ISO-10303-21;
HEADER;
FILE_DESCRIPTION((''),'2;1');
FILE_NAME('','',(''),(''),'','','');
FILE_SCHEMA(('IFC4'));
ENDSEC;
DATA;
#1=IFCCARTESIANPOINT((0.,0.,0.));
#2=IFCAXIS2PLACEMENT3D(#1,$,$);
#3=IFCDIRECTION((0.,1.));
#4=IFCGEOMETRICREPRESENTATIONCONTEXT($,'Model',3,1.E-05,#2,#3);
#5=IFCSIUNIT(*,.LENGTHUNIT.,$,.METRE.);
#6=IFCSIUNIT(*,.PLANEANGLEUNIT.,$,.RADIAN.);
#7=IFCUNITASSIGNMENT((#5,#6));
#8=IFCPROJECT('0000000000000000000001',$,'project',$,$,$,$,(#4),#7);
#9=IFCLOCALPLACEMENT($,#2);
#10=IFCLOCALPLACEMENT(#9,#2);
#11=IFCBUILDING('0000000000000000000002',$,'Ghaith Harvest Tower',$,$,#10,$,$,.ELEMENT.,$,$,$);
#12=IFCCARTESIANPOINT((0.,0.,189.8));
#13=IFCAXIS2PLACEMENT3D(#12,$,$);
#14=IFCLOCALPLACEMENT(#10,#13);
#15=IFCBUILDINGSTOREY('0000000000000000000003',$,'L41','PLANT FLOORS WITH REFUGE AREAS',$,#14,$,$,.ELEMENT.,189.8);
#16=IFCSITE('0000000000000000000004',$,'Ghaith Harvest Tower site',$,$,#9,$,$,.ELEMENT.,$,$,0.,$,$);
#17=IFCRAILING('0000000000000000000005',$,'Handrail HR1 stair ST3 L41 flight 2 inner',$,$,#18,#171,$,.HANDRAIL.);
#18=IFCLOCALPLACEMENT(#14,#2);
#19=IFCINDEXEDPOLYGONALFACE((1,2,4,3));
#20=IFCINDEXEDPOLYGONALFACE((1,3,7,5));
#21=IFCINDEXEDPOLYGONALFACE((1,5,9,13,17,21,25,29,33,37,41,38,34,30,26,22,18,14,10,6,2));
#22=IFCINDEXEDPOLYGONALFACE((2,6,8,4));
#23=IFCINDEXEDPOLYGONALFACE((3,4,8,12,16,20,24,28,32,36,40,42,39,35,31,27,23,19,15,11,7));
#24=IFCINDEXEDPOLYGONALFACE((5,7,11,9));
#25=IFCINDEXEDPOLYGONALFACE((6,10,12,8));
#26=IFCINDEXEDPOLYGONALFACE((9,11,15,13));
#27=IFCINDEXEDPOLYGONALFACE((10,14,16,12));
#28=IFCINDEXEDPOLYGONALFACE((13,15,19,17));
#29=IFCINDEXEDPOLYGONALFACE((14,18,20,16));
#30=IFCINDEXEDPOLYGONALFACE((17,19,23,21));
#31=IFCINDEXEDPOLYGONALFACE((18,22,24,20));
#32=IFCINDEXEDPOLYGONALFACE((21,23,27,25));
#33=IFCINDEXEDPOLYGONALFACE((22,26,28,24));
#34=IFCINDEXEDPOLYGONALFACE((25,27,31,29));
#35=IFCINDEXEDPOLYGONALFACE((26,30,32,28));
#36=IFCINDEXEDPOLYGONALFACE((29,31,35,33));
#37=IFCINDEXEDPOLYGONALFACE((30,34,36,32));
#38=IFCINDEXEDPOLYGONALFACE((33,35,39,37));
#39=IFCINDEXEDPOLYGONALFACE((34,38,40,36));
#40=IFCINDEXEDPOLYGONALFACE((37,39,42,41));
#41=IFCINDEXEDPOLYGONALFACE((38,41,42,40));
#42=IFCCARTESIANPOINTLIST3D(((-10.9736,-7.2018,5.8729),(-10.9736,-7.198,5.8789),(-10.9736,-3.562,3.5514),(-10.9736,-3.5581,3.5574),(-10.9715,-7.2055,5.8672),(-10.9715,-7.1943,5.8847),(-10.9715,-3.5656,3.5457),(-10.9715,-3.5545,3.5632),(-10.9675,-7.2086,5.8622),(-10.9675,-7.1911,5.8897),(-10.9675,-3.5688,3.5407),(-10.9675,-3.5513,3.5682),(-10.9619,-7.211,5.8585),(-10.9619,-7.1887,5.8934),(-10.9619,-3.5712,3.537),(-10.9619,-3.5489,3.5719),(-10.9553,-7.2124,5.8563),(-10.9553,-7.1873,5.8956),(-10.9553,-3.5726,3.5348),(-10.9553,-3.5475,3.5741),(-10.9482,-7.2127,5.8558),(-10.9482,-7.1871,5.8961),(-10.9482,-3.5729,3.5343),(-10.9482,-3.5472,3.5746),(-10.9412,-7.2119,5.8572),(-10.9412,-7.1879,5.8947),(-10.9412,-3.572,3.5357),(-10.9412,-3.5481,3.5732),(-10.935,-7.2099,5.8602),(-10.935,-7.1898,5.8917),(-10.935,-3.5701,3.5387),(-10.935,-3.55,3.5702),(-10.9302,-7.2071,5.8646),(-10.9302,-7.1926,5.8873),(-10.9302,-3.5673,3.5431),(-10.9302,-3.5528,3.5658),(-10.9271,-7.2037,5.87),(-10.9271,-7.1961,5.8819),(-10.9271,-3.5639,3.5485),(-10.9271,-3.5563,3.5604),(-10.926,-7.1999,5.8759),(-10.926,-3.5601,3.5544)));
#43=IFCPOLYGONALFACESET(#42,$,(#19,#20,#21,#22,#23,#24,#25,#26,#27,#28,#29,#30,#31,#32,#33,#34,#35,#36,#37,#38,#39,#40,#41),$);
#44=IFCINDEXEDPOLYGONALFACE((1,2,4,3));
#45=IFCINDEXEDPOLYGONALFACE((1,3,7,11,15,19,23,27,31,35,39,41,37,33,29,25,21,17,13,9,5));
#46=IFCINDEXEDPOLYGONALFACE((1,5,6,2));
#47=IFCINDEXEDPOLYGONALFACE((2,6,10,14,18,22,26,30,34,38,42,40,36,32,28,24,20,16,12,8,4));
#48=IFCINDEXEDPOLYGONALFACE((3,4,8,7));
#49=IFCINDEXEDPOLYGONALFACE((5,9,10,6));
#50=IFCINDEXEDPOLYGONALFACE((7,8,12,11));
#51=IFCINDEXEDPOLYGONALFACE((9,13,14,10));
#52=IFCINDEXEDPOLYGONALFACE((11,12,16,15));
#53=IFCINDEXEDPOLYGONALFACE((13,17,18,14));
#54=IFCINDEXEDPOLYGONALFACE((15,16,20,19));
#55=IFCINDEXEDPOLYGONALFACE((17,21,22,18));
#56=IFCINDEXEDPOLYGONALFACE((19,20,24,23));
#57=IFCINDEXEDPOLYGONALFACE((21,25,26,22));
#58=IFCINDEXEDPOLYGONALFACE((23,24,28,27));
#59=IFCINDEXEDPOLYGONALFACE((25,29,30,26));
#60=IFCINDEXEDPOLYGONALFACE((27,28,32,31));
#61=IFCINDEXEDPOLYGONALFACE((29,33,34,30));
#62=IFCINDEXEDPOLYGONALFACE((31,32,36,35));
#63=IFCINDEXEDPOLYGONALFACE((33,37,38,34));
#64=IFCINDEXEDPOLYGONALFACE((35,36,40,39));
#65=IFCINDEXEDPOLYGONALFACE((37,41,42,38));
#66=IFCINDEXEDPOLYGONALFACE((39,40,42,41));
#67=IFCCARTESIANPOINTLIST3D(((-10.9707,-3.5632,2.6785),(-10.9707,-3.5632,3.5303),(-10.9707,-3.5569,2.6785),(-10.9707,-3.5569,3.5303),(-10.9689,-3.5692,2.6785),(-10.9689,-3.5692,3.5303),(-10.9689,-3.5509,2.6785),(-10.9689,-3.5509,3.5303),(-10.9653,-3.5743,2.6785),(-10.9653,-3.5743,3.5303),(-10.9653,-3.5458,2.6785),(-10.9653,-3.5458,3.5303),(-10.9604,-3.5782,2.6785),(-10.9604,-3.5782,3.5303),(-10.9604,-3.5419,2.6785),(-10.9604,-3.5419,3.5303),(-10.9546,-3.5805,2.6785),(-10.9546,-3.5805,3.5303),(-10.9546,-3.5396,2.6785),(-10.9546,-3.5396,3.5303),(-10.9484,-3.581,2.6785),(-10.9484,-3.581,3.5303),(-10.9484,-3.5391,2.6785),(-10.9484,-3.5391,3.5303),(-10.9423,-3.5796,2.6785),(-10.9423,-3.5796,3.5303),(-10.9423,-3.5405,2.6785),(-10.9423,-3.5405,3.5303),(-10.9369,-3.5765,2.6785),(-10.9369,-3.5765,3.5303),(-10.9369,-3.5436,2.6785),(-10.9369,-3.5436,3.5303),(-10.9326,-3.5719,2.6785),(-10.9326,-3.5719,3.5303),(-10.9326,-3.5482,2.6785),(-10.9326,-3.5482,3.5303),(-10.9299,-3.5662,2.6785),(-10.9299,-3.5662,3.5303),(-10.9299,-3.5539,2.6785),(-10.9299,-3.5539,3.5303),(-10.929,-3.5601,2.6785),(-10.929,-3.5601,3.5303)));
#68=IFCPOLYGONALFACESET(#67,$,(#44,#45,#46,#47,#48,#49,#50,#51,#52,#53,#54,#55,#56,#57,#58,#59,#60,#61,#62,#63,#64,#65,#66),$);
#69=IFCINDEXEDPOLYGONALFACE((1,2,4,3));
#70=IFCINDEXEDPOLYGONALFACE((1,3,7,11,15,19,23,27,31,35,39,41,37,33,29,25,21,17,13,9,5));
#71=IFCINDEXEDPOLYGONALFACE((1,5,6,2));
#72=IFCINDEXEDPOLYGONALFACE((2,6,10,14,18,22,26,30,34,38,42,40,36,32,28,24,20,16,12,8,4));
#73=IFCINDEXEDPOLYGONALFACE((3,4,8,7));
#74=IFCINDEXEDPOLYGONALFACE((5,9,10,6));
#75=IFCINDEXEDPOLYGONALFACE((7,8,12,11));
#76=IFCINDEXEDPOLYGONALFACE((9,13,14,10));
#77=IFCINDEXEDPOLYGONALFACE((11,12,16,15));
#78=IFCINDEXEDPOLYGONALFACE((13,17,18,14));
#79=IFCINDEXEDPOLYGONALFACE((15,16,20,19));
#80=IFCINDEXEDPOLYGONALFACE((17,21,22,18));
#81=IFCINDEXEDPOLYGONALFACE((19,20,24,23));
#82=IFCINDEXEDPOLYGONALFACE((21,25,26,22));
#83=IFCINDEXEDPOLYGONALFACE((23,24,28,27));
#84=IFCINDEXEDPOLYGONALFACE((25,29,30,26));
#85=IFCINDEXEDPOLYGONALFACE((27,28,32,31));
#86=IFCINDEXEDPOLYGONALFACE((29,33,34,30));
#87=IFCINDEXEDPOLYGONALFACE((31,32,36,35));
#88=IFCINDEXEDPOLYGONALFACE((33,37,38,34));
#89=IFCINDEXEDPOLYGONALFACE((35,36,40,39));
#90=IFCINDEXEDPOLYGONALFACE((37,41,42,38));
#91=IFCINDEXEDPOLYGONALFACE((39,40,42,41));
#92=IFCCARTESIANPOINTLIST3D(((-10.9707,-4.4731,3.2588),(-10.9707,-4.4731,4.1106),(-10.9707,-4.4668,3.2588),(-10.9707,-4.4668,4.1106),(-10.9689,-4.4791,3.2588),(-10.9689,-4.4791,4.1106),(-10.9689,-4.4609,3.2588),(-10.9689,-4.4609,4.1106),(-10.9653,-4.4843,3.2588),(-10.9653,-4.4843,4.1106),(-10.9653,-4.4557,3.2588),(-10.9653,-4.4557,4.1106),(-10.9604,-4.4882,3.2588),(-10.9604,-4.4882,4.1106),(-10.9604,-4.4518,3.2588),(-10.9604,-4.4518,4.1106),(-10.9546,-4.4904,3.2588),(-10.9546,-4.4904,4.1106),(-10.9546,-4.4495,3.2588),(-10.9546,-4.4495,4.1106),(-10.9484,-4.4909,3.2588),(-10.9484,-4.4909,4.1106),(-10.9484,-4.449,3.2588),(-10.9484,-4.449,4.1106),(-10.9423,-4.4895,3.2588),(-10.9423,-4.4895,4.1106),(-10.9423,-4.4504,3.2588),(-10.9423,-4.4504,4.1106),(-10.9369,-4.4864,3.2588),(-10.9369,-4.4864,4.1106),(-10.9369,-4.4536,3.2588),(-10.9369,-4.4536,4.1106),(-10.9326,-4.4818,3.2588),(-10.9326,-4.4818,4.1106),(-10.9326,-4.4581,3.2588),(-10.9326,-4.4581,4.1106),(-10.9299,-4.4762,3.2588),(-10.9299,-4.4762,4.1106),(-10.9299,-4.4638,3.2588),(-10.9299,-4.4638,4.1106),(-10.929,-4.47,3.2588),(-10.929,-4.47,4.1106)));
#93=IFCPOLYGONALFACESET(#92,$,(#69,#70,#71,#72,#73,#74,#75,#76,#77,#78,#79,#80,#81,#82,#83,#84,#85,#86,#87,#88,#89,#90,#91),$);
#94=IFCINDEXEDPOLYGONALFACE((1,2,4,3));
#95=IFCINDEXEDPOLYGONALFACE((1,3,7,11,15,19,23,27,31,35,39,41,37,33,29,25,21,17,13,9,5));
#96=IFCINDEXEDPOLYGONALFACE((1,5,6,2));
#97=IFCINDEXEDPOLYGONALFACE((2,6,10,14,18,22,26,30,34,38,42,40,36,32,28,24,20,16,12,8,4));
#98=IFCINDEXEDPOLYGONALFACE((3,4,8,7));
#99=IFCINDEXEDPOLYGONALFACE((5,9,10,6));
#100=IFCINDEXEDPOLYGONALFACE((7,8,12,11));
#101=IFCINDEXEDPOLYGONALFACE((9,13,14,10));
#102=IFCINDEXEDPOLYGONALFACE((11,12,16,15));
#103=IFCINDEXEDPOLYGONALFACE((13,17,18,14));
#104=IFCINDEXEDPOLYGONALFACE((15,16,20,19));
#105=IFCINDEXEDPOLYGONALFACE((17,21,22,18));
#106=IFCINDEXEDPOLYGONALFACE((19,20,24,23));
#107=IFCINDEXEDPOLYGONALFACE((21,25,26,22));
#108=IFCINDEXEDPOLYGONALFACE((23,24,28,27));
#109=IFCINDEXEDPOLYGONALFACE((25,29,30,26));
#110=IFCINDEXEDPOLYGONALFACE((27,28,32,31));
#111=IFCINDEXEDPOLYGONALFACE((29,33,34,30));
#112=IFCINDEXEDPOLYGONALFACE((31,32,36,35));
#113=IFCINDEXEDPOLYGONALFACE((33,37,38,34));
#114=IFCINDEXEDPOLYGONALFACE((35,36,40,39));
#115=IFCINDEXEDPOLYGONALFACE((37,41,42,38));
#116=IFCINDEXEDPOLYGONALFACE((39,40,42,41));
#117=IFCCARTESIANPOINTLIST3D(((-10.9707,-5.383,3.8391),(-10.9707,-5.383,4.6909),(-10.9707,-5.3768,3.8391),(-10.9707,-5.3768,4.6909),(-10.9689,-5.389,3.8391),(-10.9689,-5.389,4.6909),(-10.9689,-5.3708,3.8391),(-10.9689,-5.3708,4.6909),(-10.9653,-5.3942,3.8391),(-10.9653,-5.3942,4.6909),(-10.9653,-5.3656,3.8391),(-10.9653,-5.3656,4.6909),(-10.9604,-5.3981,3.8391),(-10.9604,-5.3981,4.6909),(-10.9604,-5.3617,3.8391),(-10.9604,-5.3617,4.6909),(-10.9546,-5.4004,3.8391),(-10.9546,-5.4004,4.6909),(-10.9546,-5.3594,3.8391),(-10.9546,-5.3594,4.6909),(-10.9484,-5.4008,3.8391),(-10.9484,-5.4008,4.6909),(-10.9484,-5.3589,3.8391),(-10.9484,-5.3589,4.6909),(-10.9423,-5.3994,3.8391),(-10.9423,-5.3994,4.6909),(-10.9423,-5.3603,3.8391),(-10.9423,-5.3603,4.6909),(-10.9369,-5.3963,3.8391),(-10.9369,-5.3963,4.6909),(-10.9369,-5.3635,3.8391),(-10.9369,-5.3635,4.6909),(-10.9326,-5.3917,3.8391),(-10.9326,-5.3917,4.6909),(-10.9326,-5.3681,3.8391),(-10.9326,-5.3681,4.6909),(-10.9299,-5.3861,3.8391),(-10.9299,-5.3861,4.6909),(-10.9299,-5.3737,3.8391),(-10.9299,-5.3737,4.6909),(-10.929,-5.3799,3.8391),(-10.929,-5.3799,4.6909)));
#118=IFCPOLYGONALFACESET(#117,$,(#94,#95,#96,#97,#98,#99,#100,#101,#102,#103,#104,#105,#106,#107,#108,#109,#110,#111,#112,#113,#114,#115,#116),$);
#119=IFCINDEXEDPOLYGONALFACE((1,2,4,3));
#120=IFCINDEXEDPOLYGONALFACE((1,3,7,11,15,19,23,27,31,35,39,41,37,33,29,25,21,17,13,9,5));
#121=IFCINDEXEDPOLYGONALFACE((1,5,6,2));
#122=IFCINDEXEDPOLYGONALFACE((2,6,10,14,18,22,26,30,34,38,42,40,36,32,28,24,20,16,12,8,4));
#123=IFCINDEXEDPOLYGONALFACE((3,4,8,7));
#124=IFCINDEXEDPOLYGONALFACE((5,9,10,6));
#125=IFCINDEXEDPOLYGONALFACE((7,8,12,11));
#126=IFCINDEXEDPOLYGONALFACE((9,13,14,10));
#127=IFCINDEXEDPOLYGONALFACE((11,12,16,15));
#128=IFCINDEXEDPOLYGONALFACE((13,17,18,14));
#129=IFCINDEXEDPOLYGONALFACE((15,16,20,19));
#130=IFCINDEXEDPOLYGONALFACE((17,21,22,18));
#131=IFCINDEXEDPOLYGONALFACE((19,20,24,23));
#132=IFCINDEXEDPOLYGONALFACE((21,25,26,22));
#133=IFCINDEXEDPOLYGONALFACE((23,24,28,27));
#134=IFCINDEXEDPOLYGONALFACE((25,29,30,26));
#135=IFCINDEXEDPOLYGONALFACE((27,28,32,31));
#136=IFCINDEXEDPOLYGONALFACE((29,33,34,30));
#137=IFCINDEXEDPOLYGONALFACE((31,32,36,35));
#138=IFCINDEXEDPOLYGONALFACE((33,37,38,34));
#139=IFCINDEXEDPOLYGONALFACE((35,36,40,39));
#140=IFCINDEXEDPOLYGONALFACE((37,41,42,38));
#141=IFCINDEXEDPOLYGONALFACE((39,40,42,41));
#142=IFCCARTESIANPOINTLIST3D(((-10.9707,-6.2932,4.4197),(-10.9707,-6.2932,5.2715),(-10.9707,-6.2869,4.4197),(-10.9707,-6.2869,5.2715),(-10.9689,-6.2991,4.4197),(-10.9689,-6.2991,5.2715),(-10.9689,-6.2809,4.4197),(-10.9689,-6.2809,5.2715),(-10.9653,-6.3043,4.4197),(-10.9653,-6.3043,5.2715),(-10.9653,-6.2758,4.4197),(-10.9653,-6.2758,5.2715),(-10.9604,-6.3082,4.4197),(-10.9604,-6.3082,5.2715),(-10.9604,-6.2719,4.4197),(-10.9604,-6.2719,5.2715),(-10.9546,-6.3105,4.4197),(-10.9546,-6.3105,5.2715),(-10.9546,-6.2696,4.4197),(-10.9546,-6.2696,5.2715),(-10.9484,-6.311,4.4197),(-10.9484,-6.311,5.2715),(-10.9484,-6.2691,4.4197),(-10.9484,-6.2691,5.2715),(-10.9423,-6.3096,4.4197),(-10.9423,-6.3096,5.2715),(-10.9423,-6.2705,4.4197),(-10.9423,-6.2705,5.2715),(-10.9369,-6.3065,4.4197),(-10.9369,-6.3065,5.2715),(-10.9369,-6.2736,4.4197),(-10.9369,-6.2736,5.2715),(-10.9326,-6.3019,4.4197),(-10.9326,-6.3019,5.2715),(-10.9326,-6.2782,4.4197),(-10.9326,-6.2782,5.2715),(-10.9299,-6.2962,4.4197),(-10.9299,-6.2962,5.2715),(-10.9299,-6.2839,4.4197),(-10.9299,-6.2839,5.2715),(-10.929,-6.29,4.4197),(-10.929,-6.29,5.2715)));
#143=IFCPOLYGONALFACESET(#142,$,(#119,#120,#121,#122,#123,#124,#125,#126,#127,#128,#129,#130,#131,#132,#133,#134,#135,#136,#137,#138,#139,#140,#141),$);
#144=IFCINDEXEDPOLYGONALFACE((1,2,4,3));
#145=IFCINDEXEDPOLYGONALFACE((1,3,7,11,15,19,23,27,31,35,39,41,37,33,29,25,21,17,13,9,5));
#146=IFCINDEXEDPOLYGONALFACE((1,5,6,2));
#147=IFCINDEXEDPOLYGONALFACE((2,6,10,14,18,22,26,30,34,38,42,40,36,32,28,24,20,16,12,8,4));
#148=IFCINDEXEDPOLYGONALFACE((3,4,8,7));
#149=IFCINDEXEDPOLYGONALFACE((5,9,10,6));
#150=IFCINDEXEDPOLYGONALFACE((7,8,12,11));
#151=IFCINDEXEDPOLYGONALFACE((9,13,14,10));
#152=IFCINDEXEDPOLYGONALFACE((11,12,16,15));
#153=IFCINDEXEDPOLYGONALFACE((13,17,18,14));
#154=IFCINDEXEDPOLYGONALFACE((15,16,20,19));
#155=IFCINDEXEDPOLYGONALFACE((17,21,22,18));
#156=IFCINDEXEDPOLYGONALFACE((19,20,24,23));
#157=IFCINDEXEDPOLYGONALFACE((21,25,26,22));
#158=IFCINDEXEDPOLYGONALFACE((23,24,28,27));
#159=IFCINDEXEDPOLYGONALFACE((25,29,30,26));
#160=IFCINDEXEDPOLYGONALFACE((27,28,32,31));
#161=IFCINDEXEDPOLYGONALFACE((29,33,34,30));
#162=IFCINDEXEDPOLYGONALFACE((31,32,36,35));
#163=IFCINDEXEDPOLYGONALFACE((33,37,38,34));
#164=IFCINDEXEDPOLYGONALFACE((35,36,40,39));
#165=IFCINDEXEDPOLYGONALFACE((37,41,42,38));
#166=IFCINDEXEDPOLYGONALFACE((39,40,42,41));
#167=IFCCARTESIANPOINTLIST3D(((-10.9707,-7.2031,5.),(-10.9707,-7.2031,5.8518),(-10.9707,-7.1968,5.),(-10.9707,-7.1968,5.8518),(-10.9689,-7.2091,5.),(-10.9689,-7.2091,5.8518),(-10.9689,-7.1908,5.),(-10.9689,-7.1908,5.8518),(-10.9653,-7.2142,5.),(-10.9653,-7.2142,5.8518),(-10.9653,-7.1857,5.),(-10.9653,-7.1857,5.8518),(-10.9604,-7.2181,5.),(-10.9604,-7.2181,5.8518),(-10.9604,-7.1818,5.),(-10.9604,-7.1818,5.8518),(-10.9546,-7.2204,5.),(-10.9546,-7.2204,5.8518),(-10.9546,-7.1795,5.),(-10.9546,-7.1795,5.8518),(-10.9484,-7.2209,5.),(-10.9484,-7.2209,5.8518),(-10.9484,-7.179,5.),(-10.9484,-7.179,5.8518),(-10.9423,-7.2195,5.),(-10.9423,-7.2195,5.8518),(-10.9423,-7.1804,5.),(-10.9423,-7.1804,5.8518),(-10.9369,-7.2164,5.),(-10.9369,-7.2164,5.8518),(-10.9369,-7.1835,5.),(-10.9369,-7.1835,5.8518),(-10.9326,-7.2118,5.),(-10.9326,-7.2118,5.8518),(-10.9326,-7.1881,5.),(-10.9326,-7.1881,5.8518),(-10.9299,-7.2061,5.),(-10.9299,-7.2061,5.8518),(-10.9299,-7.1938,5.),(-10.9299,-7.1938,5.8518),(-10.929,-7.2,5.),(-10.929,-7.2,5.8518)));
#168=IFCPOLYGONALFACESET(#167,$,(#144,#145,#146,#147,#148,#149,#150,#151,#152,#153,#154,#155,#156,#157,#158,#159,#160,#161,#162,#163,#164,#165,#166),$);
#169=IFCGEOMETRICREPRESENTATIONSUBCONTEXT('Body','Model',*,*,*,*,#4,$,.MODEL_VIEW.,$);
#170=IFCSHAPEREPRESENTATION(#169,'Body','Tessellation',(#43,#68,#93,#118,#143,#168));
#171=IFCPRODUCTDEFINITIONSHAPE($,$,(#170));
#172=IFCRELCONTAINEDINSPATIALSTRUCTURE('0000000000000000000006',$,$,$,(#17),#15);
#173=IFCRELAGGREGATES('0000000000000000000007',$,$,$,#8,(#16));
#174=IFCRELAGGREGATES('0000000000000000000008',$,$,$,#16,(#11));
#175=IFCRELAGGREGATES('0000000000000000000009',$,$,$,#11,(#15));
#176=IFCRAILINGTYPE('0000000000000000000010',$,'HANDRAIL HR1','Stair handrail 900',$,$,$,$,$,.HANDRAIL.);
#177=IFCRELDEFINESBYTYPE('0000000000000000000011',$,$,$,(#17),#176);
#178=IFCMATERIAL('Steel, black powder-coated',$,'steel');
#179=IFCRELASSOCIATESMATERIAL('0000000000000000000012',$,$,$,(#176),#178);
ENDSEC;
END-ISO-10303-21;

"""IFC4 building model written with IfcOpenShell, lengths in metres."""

from ifc_helpers import new_model, si_unit, direction, frame, origin, origin_2d, place, context, subcontext, project, spatial, circle, extrude, material, type_object, element, save


model = new_model("IFC4")

# Units and contexts
model_context = context("Model", 3, precision=1e-05, world=origin(), true_north=direction((0.0, 1.0)))
body_context = subcontext(model_context, "Body", "Model", "MODEL_VIEW")
ifc_project = project(units=[si_unit("LENGTHUNIT", "METRE"), si_unit("PLANEANGLEUNIT", "RADIAN")], contexts=[model_context])

# Site, building, storey
site_placement = place(None, origin())
site = spatial("IfcSite", under=ifc_project, at=site_placement, Name="Ghaith Harvest Tower site", CompositionType="ELEMENT", RefElevation=0.0)
building_placement = place(site_placement, origin())
building = spatial("IfcBuilding", under=site, at=building_placement, Name="Ghaith Harvest Tower", CompositionType="ELEMENT")
storey_placement = place(building_placement, frame((0.0, 0.0, 189.8)))
storey = spatial("IfcBuildingStorey", under=building, at=storey_placement, Name="L41", Description="PLANT FLOORS WITH REFUGE AREAS", CompositionType="ELEMENT", Elevation=189.8)

# Railing
ifc_material_1 = material(Name="Steel, black powder-coated", Category="steel")
railing_type = type_object("IfcRailingType", Name="HANDRAIL HR1", Description="Stair handrail 900", PredefinedType="HANDRAIL", material=ifc_material_1)
railing_1_placement = place(storey_placement, frame((-10.95, -3.5601, 2.6785)))
element("IfcRailing", 1, at=railing_1_placement, inside=storey, type_object=railing_type, Name="Handrail HR1 stair ST3 L41 flight 2 inner", PredefinedType="HANDRAIL", context=body_context, shape_type="SweptSolid", body=[
    extrude(circle(Radius=0.0239, at=origin_2d()), frame((0.0, 0.0, 0.876), z_axis=(0.0, -0.843112, 0.537739), x_axis=(1.0, 0.0, 0.0)), (0.0, 0.0, 1.0), 4.3171),
    extrude(circle(Radius=0.021, at=origin_2d()), origin(), (0.0, 0.0, 1.0), 0.8518),
    extrude(circle(Radius=0.021, at=origin_2d()), frame((0.0, -0.9099, 0.5803)), (0.0, 0.0, 1.0), 0.8518),
    extrude(circle(Radius=0.021, at=origin_2d()), frame((0.0, -1.8198, 1.1606)), (0.0, 0.0, 1.0), 0.8518),
    extrude(circle(Radius=0.021, at=origin_2d()), frame((0.0, -2.73, 1.7412)), (0.0, 0.0, 1.0), 0.8518),
    extrude(circle(Radius=0.021, at=origin_2d()), frame((0.0, -3.6399, 2.3215)), (0.0, 0.0, 1.0), 0.8518),
])

save(model, "model.ifc")
